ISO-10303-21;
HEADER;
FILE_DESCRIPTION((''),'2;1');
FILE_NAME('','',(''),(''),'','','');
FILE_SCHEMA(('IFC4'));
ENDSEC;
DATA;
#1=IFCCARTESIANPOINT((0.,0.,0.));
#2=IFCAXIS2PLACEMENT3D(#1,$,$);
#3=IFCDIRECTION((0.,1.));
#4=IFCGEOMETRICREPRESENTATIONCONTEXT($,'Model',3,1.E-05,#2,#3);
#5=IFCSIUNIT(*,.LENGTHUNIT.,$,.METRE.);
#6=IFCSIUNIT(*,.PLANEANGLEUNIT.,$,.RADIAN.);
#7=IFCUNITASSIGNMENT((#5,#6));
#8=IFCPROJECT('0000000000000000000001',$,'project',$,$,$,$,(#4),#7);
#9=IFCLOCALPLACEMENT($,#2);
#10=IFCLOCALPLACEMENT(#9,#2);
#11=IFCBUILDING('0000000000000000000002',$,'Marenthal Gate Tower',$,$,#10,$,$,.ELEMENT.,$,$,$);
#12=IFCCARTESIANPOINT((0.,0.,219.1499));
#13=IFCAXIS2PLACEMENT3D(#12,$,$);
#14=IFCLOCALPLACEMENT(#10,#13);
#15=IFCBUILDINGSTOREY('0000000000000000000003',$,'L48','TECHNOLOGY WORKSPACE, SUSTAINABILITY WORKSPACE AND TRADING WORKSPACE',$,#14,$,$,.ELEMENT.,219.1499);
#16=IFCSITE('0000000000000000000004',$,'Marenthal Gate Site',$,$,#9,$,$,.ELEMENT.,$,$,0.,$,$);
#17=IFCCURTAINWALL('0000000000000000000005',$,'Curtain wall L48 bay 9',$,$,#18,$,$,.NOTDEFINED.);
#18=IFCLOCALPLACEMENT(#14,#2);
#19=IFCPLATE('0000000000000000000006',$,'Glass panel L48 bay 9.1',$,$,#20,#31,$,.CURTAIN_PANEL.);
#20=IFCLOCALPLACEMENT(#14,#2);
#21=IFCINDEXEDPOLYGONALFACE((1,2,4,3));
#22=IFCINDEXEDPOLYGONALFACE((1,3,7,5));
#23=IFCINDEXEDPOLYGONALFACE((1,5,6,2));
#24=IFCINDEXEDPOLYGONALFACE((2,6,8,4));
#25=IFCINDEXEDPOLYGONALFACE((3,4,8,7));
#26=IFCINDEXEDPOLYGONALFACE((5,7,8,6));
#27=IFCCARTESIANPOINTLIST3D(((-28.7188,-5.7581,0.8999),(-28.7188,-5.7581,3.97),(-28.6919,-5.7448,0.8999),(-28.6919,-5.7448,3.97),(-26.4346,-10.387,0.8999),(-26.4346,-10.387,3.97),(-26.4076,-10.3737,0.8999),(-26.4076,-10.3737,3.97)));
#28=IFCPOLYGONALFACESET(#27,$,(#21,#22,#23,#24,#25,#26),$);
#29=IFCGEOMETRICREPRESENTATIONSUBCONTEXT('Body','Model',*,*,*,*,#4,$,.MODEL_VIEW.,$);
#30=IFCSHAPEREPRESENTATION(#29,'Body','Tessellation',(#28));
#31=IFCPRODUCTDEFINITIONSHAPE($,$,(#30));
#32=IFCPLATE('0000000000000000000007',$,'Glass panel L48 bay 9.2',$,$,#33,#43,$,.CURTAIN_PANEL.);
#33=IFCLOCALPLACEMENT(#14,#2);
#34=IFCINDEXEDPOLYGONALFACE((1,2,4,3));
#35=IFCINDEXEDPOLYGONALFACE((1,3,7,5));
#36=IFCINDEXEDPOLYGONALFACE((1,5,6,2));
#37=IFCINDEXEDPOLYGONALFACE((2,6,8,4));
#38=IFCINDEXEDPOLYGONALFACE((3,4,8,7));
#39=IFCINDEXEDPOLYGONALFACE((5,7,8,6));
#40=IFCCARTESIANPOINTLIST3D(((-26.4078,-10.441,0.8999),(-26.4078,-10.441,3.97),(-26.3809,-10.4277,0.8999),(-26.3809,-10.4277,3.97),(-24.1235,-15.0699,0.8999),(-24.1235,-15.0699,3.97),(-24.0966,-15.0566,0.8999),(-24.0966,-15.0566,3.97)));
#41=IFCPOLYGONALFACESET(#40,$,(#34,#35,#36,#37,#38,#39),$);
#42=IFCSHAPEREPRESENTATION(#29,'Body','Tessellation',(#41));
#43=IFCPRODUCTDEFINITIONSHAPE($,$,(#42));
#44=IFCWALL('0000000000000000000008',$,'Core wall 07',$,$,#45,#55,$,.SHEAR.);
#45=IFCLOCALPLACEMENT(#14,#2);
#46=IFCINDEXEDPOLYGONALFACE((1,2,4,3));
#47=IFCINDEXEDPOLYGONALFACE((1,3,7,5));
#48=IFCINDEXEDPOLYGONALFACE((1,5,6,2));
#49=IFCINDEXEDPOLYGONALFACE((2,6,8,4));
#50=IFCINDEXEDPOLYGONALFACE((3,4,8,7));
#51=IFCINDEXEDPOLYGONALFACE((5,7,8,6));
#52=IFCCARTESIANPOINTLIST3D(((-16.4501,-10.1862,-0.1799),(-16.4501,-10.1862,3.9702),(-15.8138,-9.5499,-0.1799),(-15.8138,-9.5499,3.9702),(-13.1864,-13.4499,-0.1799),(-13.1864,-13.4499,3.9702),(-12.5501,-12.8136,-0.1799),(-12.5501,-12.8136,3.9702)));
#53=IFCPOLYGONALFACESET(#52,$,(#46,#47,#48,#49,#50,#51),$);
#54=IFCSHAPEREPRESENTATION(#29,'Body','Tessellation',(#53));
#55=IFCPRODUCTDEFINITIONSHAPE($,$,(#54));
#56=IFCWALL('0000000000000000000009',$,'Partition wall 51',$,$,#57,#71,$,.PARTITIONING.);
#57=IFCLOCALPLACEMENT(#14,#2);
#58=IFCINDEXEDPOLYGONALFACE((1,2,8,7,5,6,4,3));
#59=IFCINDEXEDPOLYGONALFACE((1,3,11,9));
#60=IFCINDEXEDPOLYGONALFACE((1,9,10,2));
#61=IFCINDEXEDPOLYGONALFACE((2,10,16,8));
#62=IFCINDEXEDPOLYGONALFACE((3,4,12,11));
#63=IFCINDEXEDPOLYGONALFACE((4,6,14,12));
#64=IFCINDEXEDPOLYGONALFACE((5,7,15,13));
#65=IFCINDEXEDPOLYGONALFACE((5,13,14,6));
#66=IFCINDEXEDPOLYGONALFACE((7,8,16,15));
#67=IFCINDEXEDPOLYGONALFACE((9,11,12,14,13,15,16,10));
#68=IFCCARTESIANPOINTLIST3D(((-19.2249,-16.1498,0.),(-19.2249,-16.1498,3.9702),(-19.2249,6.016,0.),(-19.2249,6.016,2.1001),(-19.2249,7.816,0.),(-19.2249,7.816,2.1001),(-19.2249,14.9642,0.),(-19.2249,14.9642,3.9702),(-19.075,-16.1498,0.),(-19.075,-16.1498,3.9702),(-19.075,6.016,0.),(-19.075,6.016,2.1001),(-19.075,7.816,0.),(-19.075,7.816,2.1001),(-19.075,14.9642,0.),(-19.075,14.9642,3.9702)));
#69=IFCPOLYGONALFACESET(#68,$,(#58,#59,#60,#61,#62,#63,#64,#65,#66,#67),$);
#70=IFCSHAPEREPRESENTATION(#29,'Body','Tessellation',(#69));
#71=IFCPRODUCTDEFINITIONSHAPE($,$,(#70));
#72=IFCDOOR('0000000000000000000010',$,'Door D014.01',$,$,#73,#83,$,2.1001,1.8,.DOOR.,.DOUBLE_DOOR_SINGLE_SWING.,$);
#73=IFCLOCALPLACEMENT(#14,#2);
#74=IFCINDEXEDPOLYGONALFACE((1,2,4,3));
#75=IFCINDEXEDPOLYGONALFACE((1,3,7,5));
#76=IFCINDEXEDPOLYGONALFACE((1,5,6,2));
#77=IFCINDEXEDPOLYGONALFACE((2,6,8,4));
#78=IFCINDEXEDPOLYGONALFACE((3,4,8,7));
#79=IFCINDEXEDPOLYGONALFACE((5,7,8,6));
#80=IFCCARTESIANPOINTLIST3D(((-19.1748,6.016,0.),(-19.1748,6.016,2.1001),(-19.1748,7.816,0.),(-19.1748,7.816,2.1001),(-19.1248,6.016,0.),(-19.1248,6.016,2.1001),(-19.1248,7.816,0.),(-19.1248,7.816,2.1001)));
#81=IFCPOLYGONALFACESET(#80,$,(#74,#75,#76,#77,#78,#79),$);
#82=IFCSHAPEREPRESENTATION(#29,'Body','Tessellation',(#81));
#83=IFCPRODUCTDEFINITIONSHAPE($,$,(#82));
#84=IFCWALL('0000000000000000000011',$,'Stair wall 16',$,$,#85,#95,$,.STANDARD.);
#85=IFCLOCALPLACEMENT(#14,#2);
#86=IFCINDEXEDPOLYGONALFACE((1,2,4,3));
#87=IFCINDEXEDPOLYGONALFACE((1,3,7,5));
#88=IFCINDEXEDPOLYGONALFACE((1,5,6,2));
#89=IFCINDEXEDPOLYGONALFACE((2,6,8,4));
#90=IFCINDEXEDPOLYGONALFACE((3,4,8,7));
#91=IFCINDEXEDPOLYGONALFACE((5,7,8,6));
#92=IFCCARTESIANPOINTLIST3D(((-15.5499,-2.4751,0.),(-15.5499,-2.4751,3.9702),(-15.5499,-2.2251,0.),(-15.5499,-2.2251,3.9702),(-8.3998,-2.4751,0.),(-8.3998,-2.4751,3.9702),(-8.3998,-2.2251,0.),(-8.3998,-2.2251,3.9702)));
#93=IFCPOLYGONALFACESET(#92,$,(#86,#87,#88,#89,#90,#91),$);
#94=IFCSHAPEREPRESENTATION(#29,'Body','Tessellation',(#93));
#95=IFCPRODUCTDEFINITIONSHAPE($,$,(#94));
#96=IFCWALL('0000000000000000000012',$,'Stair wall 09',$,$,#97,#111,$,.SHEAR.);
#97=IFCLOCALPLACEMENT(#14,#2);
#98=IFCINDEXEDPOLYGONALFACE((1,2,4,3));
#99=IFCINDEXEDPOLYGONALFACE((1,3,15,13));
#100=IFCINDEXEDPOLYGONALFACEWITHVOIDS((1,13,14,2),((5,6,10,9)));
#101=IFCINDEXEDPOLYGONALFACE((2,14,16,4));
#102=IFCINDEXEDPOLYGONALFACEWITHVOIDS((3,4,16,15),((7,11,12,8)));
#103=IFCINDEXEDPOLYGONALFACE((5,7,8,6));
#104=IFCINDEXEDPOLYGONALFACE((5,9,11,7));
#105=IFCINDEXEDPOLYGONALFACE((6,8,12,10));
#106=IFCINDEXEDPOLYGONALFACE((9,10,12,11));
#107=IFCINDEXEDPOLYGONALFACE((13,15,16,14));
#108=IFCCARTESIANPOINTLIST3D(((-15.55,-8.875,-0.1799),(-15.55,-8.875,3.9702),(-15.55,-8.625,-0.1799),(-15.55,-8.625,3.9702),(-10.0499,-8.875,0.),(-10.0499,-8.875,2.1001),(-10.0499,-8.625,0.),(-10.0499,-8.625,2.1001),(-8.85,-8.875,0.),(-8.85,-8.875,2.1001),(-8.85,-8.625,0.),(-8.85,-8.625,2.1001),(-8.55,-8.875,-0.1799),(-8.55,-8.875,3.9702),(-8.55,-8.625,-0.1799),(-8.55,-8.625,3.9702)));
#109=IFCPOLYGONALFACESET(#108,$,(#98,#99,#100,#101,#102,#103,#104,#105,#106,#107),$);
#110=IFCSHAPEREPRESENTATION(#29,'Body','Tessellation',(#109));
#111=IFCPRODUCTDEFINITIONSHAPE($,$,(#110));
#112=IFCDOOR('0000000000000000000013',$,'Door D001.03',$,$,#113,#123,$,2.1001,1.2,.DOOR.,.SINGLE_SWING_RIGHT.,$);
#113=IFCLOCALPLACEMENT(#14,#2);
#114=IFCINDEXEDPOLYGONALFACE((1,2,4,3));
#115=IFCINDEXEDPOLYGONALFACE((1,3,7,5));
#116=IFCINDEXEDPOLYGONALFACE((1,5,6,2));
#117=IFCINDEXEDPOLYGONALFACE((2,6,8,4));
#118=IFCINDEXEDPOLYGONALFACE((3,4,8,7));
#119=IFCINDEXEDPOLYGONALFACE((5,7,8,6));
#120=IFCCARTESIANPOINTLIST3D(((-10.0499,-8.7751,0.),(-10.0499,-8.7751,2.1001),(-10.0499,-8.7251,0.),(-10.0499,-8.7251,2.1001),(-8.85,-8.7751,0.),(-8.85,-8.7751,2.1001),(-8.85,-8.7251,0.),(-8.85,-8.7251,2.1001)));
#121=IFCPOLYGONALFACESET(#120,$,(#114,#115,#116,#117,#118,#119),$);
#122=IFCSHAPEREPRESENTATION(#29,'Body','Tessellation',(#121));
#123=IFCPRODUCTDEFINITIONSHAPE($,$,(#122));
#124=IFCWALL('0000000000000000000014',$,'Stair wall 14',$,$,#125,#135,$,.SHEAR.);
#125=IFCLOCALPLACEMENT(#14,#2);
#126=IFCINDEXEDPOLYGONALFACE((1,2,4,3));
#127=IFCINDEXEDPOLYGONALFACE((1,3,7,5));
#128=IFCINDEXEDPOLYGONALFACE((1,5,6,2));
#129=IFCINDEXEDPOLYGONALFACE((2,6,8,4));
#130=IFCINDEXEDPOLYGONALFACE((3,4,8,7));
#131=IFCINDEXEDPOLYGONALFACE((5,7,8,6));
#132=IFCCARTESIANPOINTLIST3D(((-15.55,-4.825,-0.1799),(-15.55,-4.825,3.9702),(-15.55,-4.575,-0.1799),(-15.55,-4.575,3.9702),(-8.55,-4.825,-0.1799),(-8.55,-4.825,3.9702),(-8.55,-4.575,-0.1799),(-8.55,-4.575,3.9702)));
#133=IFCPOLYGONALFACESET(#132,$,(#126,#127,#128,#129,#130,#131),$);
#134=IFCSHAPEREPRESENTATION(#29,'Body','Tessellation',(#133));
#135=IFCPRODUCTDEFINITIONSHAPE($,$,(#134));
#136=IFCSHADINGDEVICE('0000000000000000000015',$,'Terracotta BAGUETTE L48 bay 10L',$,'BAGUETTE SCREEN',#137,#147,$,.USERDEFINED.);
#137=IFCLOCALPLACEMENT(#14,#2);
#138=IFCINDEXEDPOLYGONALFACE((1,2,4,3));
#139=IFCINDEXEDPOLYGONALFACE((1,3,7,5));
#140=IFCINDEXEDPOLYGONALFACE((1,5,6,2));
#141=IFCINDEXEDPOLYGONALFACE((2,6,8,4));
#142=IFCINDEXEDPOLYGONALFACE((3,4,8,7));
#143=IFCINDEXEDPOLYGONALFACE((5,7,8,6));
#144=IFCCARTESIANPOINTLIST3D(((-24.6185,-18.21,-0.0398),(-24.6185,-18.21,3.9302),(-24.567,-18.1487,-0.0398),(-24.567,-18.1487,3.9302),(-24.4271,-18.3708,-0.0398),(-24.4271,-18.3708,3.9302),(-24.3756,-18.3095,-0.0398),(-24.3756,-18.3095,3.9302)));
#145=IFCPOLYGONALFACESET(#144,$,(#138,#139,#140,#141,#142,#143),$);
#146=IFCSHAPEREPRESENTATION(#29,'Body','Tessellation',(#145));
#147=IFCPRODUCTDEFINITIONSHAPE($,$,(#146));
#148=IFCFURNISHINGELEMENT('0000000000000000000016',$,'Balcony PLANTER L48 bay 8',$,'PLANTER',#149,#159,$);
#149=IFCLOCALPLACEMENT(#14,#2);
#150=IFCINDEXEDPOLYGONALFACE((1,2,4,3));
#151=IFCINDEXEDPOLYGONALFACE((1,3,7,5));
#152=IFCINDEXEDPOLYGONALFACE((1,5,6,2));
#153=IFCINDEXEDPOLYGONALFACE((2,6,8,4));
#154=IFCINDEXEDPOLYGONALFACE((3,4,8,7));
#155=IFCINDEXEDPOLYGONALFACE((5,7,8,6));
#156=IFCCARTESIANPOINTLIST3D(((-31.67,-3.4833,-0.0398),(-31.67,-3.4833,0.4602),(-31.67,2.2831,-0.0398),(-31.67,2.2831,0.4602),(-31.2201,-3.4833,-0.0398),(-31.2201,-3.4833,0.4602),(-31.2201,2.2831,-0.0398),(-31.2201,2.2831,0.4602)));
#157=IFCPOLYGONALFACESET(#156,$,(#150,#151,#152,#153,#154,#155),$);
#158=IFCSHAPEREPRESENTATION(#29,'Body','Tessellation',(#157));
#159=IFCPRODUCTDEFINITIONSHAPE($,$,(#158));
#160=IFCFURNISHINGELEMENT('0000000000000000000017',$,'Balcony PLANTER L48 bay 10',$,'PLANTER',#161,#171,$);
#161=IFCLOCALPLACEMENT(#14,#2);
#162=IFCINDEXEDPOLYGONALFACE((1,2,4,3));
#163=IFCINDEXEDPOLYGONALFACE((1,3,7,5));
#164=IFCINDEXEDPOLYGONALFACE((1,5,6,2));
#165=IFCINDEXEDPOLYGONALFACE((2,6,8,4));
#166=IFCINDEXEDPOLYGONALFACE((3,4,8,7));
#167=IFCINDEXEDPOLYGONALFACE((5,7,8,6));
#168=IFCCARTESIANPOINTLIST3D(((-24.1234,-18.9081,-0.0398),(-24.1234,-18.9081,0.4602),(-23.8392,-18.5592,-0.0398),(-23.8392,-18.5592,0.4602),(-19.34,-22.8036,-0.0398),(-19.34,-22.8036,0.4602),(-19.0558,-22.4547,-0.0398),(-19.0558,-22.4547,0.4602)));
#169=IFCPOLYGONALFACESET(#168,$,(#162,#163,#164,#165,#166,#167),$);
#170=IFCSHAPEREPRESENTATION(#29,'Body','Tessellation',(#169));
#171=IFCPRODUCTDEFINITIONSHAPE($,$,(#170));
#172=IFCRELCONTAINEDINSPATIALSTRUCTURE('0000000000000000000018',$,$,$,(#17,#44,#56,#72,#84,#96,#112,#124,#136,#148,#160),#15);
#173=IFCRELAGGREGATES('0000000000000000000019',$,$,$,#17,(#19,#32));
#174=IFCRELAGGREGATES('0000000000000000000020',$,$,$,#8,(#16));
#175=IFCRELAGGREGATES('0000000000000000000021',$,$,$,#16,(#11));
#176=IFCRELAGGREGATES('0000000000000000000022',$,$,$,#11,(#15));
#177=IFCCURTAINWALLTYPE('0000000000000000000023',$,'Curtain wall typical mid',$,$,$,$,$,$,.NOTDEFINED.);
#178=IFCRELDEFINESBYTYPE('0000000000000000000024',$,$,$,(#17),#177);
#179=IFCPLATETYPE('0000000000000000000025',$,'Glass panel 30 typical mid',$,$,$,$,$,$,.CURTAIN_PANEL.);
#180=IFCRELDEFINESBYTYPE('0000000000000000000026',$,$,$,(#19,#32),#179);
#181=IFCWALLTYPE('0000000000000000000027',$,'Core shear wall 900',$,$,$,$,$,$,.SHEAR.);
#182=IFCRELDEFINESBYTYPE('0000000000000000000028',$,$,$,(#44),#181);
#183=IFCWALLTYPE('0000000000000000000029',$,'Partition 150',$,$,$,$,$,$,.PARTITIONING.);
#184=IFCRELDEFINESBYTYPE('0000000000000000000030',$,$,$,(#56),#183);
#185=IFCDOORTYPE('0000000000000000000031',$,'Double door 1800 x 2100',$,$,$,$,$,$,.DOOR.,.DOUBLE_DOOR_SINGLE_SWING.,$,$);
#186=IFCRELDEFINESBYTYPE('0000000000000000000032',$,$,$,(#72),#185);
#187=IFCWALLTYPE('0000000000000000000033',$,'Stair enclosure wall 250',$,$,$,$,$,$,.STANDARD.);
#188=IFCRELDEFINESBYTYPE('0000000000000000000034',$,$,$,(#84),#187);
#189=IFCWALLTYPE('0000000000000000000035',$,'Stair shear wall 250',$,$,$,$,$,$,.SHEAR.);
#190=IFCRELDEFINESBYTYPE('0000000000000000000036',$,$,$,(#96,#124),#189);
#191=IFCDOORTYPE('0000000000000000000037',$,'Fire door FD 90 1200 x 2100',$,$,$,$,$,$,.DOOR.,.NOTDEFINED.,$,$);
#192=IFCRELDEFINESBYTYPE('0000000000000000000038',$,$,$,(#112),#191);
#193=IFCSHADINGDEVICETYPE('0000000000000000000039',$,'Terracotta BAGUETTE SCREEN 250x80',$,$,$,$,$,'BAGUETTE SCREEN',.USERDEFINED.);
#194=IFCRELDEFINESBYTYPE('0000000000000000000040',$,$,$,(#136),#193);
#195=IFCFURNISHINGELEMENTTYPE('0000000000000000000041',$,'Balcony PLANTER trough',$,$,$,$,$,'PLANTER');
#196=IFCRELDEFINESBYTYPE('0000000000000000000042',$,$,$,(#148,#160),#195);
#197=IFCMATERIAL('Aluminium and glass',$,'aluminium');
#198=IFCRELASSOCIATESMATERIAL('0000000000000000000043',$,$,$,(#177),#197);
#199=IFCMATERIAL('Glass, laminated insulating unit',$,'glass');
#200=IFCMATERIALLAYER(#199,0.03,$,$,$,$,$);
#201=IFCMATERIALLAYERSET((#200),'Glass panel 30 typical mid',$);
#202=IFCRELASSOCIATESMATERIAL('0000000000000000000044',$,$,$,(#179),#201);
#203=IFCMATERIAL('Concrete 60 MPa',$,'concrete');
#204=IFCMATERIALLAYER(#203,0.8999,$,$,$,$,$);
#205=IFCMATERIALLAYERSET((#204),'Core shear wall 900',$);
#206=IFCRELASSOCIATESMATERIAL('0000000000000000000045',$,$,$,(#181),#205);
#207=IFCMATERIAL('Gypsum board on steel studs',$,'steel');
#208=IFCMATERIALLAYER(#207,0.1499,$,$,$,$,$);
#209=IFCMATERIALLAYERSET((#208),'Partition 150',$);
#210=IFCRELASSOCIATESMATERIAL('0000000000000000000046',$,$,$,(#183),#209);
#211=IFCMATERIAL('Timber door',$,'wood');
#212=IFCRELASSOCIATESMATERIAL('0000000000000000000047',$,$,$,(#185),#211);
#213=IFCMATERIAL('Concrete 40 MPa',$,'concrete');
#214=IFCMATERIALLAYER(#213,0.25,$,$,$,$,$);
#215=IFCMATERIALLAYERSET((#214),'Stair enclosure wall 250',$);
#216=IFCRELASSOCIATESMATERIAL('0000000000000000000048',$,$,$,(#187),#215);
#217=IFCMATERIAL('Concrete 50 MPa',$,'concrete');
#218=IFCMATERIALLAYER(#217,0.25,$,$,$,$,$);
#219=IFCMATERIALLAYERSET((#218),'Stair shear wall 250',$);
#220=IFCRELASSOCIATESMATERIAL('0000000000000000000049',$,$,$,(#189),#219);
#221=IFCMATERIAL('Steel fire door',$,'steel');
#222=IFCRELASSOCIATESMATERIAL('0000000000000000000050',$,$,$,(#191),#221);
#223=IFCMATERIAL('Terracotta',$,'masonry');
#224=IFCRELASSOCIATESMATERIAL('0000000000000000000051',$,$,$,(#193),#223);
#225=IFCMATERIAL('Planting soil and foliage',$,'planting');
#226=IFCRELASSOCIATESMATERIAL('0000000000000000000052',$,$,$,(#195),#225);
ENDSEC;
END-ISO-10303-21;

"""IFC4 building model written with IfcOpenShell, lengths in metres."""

from ifc_helpers import new_model, si_unit, direction, frame, frame_2d, origin, origin_2d, place, context, subcontext, project, spatial, rectangle, extrude, material, layer, layer_set, material_profile, profile_set, type_object, element, fill, aggregate, save


model = new_model("IFC4")

# Units and contexts
model_context = context("Model", 3, precision=1e-05, world=origin(), true_north=direction((0.0, 1.0)))
body_context = subcontext(model_context, "Body", "Model", "MODEL_VIEW")
ifc_project = project(units=[si_unit("LENGTHUNIT", "METRE"), si_unit("PLANEANGLEUNIT", "RADIAN")], contexts=[model_context])

# Site, building, storey
site_placement = place(None, origin())
site = spatial("IfcSite", under=ifc_project, at=site_placement, Name="Marenthal Gate Site", CompositionType="ELEMENT", RefElevation=0.0)
building_placement = place(site_placement, origin())
building = spatial("IfcBuilding", under=site, at=building_placement, Name="Marenthal Gate Tower", CompositionType="ELEMENT")
storey_placement = place(building_placement, frame((0.0, 0.0, 219.1499)))
storey = spatial("IfcBuildingStorey", under=building, at=storey_placement, Name="L48", Description="TECHNOLOGY WORKSPACE, SUSTAINABILITY WORKSPACE AND TRADING WORKSPACE", CompositionType="ELEMENT", Elevation=219.1499)

# Curtain wall
ifc_material_1 = material(Name="Aluminium and glass", Category="aluminium")
curtain_wall_type = type_object("IfcCurtainWallType", Name="Curtain wall typical mid", PredefinedType="NOTDEFINED", material=ifc_material_1)
curtain_wall_1_placement = place(storey_placement, origin())
curtain_wall_1 = element("IfcCurtainWall", 1, at=curtain_wall_1_placement, inside=storey, type_object=curtain_wall_type, Name="Curtain wall L48 bay 9", PredefinedType="NOTDEFINED")

# Plates
ifc_material_2 = material(Name="Glass, laminated insulating unit", Category="glass")
ifc_layer_1 = layer(ifc_material_2, 0.03)
ifc_layer_set_1 = layer_set([ifc_layer_1], Name="Glass panel 30 typical mid")
plate_type = type_object("IfcPlateType", Name="Glass panel 30 typical mid", PredefinedType="CURTAIN_PANEL", material=ifc_layer_set_1)
plate_1_placement = place(storey_placement, frame((-27.5632, -8.0659, 0.8999), z_axis=(0.0, 0.0, 1.0), x_axis=(0.442523, -0.896757, 0.0)))
plate_1 = element("IfcPlate", 2, at=plate_1_placement, type_object=plate_type, Name="Glass panel L48 bay 9.1", PredefinedType="CURTAIN_PANEL", context=body_context, shape_type="SweptSolid", body=[
    extrude(rectangle(XDim=5.1619, YDim=0.03, at=origin_2d()), origin(), (0.0, 0.0, 1.0), 3.0701),
])
plate_2_placement = place(storey_placement, frame((-25.2522, -12.7488, 0.8999), z_axis=(0.0, 0.0, 1.0), x_axis=(0.442523, -0.896757, 0.0)))
plate_2 = element("IfcPlate", 3, at=plate_2_placement, type_object=plate_type, Name="Glass panel L48 bay 9.2", PredefinedType="CURTAIN_PANEL", context=body_context, shape_type="SweptSolid", body=[
    extrude(rectangle(XDim=5.1619, YDim=0.03, at=origin_2d()), origin(), (0.0, 0.0, 1.0), 3.0701),
])
aggregate(curtain_wall_1, [plate_1, plate_2])

# Wall
ifc_material_3 = material(Name="Concrete 60 MPa", Category="concrete")
ifc_layer_2 = layer(ifc_material_3, 0.8999)
ifc_layer_set_2 = layer_set([ifc_layer_2], Name="Core shear wall 900")
wall_type_1 = type_object("IfcWallType", Name="Core shear wall 900", PredefinedType="SHEAR", material=ifc_layer_set_2)
wall_1_placement = place(storey_placement, frame((-16.1318, -9.8682, -0.1799), z_axis=(0.0, 0.0, 1.0), x_axis=(0.707107, -0.707107, 0.0)))
element("IfcWall", 4, at=wall_1_placement, inside=storey, type_object=wall_type_1, Name="Core wall 07", PredefinedType="SHEAR", context=body_context, shape_type="SweptSolid", body=[
    extrude(rectangle(XDim=4.6155, YDim=0.8999, at=frame_2d((2.3076, 0.0))), origin(), (0.0, 0.0, 1.0), 4.1501),
])

# Wall, opening, door
ifc_material_4 = material(Name="Gypsum board on steel studs", Category="steel")
ifc_layer_3 = layer(ifc_material_4, 0.1499)
ifc_layer_set_3 = layer_set([ifc_layer_3], Name="Partition 150")
wall_type_2 = type_object("IfcWallType", Name="Partition 150", PredefinedType="PARTITIONING", material=ifc_layer_set_3)
wall_2_placement = place(storey_placement, frame((-19.1499, -16.1499, 0.0), z_axis=(0.0, 0.0, 1.0), x_axis=(0.0, 1.0, 0.0)))
wall_2 = element("IfcWall", 5, at=wall_2_placement, inside=storey, type_object=wall_type_2, Name="Partition wall 51", PredefinedType="PARTITIONING", context=body_context, shape_type="SweptSolid", body=[
    extrude(rectangle(XDim=31.114, YDim=0.1499, at=frame_2d((15.5571, 0.0))), origin(), (0.0, 0.0, 1.0), 3.9702),
])
opening_1_placement = place(wall_2_placement, frame((22.166, 0.0, 0.0)))
opening_1 = element("IfcOpeningElement", 6, at=opening_1_placement, cuts=wall_2, PredefinedType="OPENING", context=body_context, shape_type="SweptSolid", body=[
    extrude(rectangle(XDim=1.8, YDim=2.1001, at=frame_2d((0.8999, 1.05))), frame((0.0, 0.085, 0.0), z_axis=(0.0, -1.0, 0.0), x_axis=(1.0, 0.0, 0.0)), (0.0, 0.0, 1.0), 0.1699),
])
ifc_material_5 = material(Name="Timber door", Category="wood")
door_type_1 = type_object("IfcDoorType", Name="Double door 1800 x 2100", OperationType="DOUBLE_DOOR_SINGLE_SWING", PredefinedType="DOOR", material=ifc_material_5)
door_1_placement = place(opening_1_placement, origin())
door_1 = element("IfcDoor", 7, at=door_1_placement, inside=storey, type_object=door_type_1, Name="Door D014.01", OperationType="DOUBLE_DOOR_SINGLE_SWING", OverallHeight=2.1001, OverallWidth=1.8, PredefinedType="DOOR", context=body_context, shape_type="SweptSolid", body=[
    extrude(rectangle(XDim=1.8, YDim=2.1001, at=frame_2d((0.8999, 1.05))), frame((0.0, 0.0249, 0.0), z_axis=(0.0, -1.0, 0.0), x_axis=(1.0, 0.0, 0.0)), (0.0, 0.0, 1.0), 0.05),
])
fill(opening_1, door_1)

# Wall
ifc_material_6 = material(Name="Concrete 40 MPa", Category="concrete")
ifc_layer_4 = layer(ifc_material_6, 0.25)
ifc_layer_set_4 = layer_set([ifc_layer_4], Name="Stair enclosure wall 250")
wall_type_3 = type_object("IfcWallType", Name="Stair enclosure wall 250", PredefinedType="STANDARD", material=ifc_layer_set_4)
wall_3_placement = place(storey_placement, frame((-15.55, -2.3501, 0.0), z_axis=(0.0, 0.0, 1.0), x_axis=(1.0, 0.0, 0.0)))
element("IfcWall", 8, at=wall_3_placement, inside=storey, type_object=wall_type_3, Name="Stair wall 16", PredefinedType="STANDARD", context=body_context, shape_type="SweptSolid", body=[
    extrude(rectangle(XDim=7.1501, YDim=0.25, at=frame_2d((3.5752, 0.0))), origin(), (0.0, 0.0, 1.0), 3.9702),
])

# Wall, opening, door
ifc_material_7 = material(Name="Concrete 50 MPa", Category="concrete")
ifc_layer_5 = layer(ifc_material_7, 0.25)
ifc_layer_set_5 = layer_set([ifc_layer_5], Name="Stair shear wall 250")
wall_type_4 = type_object("IfcWallType", Name="Stair shear wall 250", PredefinedType="SHEAR", material=ifc_layer_set_5)
wall_4_placement = place(storey_placement, frame((-15.55, -8.75, -0.1799), z_axis=(0.0, 0.0, 1.0), x_axis=(1.0, 0.0, 0.0)))
wall_4 = element("IfcWall", 9, at=wall_4_placement, inside=storey, type_object=wall_type_4, Name="Stair wall 09", PredefinedType="SHEAR", context=body_context, shape_type="SweptSolid", body=[
    extrude(rectangle(XDim=7.0, YDim=0.25, at=frame_2d((3.5, 0.0))), origin(), (0.0, 0.0, 1.0), 4.1501),
])
opening_2_placement = place(wall_4_placement, frame((5.5, 0.0, 0.1799)))
opening_2 = element("IfcOpeningElement", 10, at=opening_2_placement, cuts=wall_4, PredefinedType="OPENING", context=body_context, shape_type="SweptSolid", body=[
    extrude(rectangle(XDim=1.2, YDim=2.1001, at=frame_2d((0.6001, 1.05))), frame((0.0, 0.135, 0.0), z_axis=(0.0, -1.0, 0.0), x_axis=(1.0, 0.0, 0.0)), (0.0, 0.0, 1.0), 0.27),
])
ifc_material_8 = material(Name="Steel fire door", Category="steel")
door_type_2 = type_object("IfcDoorType", Name="Fire door FD 90 1200 x 2100", OperationType="NOTDEFINED", PredefinedType="DOOR", material=ifc_material_8)
door_2_placement = place(opening_2_placement, origin())
door_2 = element("IfcDoor", 11, at=door_2_placement, inside=storey, type_object=door_type_2, Name="Door D001.03", OperationType="SINGLE_SWING_RIGHT", OverallHeight=2.1001, OverallWidth=1.2, PredefinedType="DOOR", context=body_context, shape_type="SweptSolid", body=[
    extrude(rectangle(XDim=1.2, YDim=2.1001, at=frame_2d((0.6001, 1.05))), frame((0.0, 0.0249, 0.0), z_axis=(0.0, -1.0, 0.0), x_axis=(1.0, 0.0, 0.0)), (0.0, 0.0, 1.0), 0.05),
])
fill(opening_2, door_2)

# Wall
wall_5_placement = place(storey_placement, frame((-15.55, -4.7, -0.1799), z_axis=(0.0, 0.0, 1.0), x_axis=(1.0, 0.0, 0.0)))
element("IfcWall", 12, at=wall_5_placement, inside=storey, type_object=wall_type_4, Name="Stair wall 14", PredefinedType="SHEAR", context=body_context, shape_type="SweptSolid", body=[
    extrude(rectangle(XDim=7.0, YDim=0.25, at=frame_2d((3.5, 0.0))), origin(), (0.0, 0.0, 1.0), 4.1501),
])

# Shading device
ifc_material_9 = material(Name="Terracotta", Category="masonry")
ifc_material_profile_1 = material_profile(ifc_material_9, rectangle(XDim=0.25, YDim=0.0801, at=origin_2d()), Name="Terracotta baguette 250x80")
ifc_profile_set_1 = profile_set([ifc_material_profile_1], Name="Terracotta")
shading_device_type = type_object("IfcShadingDeviceType", Name="Terracotta BAGUETTE SCREEN 250x80", ElementType="BAGUETTE SCREEN", PredefinedType="USERDEFINED", material=ifc_profile_set_1)
shading_device_placement = place(storey_placement, frame((-24.4971, -18.2598, -0.0398), z_axis=(0.0, 0.0, 1.0), x_axis=(0.765628, -0.643284, 0.0)))
element("IfcShadingDevice", 13, at=shading_device_placement, inside=storey, type_object=shading_device_type, Name="Terracotta BAGUETTE L48 bay 10L", ObjectType="BAGUETTE SCREEN", PredefinedType="USERDEFINED", context=body_context, shape_type="SweptSolid", body=[
    extrude(rectangle(XDim=0.25, YDim=0.0801, at=origin_2d()), origin(), (0.0, 0.0, 1.0), 3.97),
])

# Furnishing elements
ifc_material_10 = material(Name="Planting soil and foliage", Category="planting")
furnishing_element_type = type_object("IfcFurnishingElementType", Name="Balcony PLANTER trough", ElementType="PLANTER", material=ifc_material_10)
furnishing_1_placement = place(storey_placement, frame((-31.4451, -0.6001, -0.0398), z_axis=(0.0, 0.0, 1.0), x_axis=(0.0, -1.0, 0.0)))
element("IfcFurnishingElement", 14, at=furnishing_1_placement, inside=storey, type_object=furnishing_element_type, Name="Balcony PLANTER L48 bay 8", ObjectType="PLANTER", context=body_context, shape_type="SweptSolid", body=[
    extrude(rectangle(XDim=5.7664, YDim=0.45, at=origin_2d()), origin(), (0.0, 0.0, 1.0), 0.5),
])
furnishing_2_placement = place(storey_placement, frame((-21.5896, -20.6814, -0.0398), z_axis=(0.0, 0.0, 1.0), x_axis=(0.775396, -0.631476, 0.0)))
element("IfcFurnishingElement", 15, at=furnishing_2_placement, inside=storey, type_object=furnishing_element_type, Name="Balcony PLANTER L48 bay 10", ObjectType="PLANTER", context=body_context, shape_type="SweptSolid", body=[
    extrude(rectangle(XDim=6.1689, YDim=0.45, at=origin_2d()), origin(), (0.0, 0.0, 1.0), 0.5),
])

save(model, "model.ifc")
